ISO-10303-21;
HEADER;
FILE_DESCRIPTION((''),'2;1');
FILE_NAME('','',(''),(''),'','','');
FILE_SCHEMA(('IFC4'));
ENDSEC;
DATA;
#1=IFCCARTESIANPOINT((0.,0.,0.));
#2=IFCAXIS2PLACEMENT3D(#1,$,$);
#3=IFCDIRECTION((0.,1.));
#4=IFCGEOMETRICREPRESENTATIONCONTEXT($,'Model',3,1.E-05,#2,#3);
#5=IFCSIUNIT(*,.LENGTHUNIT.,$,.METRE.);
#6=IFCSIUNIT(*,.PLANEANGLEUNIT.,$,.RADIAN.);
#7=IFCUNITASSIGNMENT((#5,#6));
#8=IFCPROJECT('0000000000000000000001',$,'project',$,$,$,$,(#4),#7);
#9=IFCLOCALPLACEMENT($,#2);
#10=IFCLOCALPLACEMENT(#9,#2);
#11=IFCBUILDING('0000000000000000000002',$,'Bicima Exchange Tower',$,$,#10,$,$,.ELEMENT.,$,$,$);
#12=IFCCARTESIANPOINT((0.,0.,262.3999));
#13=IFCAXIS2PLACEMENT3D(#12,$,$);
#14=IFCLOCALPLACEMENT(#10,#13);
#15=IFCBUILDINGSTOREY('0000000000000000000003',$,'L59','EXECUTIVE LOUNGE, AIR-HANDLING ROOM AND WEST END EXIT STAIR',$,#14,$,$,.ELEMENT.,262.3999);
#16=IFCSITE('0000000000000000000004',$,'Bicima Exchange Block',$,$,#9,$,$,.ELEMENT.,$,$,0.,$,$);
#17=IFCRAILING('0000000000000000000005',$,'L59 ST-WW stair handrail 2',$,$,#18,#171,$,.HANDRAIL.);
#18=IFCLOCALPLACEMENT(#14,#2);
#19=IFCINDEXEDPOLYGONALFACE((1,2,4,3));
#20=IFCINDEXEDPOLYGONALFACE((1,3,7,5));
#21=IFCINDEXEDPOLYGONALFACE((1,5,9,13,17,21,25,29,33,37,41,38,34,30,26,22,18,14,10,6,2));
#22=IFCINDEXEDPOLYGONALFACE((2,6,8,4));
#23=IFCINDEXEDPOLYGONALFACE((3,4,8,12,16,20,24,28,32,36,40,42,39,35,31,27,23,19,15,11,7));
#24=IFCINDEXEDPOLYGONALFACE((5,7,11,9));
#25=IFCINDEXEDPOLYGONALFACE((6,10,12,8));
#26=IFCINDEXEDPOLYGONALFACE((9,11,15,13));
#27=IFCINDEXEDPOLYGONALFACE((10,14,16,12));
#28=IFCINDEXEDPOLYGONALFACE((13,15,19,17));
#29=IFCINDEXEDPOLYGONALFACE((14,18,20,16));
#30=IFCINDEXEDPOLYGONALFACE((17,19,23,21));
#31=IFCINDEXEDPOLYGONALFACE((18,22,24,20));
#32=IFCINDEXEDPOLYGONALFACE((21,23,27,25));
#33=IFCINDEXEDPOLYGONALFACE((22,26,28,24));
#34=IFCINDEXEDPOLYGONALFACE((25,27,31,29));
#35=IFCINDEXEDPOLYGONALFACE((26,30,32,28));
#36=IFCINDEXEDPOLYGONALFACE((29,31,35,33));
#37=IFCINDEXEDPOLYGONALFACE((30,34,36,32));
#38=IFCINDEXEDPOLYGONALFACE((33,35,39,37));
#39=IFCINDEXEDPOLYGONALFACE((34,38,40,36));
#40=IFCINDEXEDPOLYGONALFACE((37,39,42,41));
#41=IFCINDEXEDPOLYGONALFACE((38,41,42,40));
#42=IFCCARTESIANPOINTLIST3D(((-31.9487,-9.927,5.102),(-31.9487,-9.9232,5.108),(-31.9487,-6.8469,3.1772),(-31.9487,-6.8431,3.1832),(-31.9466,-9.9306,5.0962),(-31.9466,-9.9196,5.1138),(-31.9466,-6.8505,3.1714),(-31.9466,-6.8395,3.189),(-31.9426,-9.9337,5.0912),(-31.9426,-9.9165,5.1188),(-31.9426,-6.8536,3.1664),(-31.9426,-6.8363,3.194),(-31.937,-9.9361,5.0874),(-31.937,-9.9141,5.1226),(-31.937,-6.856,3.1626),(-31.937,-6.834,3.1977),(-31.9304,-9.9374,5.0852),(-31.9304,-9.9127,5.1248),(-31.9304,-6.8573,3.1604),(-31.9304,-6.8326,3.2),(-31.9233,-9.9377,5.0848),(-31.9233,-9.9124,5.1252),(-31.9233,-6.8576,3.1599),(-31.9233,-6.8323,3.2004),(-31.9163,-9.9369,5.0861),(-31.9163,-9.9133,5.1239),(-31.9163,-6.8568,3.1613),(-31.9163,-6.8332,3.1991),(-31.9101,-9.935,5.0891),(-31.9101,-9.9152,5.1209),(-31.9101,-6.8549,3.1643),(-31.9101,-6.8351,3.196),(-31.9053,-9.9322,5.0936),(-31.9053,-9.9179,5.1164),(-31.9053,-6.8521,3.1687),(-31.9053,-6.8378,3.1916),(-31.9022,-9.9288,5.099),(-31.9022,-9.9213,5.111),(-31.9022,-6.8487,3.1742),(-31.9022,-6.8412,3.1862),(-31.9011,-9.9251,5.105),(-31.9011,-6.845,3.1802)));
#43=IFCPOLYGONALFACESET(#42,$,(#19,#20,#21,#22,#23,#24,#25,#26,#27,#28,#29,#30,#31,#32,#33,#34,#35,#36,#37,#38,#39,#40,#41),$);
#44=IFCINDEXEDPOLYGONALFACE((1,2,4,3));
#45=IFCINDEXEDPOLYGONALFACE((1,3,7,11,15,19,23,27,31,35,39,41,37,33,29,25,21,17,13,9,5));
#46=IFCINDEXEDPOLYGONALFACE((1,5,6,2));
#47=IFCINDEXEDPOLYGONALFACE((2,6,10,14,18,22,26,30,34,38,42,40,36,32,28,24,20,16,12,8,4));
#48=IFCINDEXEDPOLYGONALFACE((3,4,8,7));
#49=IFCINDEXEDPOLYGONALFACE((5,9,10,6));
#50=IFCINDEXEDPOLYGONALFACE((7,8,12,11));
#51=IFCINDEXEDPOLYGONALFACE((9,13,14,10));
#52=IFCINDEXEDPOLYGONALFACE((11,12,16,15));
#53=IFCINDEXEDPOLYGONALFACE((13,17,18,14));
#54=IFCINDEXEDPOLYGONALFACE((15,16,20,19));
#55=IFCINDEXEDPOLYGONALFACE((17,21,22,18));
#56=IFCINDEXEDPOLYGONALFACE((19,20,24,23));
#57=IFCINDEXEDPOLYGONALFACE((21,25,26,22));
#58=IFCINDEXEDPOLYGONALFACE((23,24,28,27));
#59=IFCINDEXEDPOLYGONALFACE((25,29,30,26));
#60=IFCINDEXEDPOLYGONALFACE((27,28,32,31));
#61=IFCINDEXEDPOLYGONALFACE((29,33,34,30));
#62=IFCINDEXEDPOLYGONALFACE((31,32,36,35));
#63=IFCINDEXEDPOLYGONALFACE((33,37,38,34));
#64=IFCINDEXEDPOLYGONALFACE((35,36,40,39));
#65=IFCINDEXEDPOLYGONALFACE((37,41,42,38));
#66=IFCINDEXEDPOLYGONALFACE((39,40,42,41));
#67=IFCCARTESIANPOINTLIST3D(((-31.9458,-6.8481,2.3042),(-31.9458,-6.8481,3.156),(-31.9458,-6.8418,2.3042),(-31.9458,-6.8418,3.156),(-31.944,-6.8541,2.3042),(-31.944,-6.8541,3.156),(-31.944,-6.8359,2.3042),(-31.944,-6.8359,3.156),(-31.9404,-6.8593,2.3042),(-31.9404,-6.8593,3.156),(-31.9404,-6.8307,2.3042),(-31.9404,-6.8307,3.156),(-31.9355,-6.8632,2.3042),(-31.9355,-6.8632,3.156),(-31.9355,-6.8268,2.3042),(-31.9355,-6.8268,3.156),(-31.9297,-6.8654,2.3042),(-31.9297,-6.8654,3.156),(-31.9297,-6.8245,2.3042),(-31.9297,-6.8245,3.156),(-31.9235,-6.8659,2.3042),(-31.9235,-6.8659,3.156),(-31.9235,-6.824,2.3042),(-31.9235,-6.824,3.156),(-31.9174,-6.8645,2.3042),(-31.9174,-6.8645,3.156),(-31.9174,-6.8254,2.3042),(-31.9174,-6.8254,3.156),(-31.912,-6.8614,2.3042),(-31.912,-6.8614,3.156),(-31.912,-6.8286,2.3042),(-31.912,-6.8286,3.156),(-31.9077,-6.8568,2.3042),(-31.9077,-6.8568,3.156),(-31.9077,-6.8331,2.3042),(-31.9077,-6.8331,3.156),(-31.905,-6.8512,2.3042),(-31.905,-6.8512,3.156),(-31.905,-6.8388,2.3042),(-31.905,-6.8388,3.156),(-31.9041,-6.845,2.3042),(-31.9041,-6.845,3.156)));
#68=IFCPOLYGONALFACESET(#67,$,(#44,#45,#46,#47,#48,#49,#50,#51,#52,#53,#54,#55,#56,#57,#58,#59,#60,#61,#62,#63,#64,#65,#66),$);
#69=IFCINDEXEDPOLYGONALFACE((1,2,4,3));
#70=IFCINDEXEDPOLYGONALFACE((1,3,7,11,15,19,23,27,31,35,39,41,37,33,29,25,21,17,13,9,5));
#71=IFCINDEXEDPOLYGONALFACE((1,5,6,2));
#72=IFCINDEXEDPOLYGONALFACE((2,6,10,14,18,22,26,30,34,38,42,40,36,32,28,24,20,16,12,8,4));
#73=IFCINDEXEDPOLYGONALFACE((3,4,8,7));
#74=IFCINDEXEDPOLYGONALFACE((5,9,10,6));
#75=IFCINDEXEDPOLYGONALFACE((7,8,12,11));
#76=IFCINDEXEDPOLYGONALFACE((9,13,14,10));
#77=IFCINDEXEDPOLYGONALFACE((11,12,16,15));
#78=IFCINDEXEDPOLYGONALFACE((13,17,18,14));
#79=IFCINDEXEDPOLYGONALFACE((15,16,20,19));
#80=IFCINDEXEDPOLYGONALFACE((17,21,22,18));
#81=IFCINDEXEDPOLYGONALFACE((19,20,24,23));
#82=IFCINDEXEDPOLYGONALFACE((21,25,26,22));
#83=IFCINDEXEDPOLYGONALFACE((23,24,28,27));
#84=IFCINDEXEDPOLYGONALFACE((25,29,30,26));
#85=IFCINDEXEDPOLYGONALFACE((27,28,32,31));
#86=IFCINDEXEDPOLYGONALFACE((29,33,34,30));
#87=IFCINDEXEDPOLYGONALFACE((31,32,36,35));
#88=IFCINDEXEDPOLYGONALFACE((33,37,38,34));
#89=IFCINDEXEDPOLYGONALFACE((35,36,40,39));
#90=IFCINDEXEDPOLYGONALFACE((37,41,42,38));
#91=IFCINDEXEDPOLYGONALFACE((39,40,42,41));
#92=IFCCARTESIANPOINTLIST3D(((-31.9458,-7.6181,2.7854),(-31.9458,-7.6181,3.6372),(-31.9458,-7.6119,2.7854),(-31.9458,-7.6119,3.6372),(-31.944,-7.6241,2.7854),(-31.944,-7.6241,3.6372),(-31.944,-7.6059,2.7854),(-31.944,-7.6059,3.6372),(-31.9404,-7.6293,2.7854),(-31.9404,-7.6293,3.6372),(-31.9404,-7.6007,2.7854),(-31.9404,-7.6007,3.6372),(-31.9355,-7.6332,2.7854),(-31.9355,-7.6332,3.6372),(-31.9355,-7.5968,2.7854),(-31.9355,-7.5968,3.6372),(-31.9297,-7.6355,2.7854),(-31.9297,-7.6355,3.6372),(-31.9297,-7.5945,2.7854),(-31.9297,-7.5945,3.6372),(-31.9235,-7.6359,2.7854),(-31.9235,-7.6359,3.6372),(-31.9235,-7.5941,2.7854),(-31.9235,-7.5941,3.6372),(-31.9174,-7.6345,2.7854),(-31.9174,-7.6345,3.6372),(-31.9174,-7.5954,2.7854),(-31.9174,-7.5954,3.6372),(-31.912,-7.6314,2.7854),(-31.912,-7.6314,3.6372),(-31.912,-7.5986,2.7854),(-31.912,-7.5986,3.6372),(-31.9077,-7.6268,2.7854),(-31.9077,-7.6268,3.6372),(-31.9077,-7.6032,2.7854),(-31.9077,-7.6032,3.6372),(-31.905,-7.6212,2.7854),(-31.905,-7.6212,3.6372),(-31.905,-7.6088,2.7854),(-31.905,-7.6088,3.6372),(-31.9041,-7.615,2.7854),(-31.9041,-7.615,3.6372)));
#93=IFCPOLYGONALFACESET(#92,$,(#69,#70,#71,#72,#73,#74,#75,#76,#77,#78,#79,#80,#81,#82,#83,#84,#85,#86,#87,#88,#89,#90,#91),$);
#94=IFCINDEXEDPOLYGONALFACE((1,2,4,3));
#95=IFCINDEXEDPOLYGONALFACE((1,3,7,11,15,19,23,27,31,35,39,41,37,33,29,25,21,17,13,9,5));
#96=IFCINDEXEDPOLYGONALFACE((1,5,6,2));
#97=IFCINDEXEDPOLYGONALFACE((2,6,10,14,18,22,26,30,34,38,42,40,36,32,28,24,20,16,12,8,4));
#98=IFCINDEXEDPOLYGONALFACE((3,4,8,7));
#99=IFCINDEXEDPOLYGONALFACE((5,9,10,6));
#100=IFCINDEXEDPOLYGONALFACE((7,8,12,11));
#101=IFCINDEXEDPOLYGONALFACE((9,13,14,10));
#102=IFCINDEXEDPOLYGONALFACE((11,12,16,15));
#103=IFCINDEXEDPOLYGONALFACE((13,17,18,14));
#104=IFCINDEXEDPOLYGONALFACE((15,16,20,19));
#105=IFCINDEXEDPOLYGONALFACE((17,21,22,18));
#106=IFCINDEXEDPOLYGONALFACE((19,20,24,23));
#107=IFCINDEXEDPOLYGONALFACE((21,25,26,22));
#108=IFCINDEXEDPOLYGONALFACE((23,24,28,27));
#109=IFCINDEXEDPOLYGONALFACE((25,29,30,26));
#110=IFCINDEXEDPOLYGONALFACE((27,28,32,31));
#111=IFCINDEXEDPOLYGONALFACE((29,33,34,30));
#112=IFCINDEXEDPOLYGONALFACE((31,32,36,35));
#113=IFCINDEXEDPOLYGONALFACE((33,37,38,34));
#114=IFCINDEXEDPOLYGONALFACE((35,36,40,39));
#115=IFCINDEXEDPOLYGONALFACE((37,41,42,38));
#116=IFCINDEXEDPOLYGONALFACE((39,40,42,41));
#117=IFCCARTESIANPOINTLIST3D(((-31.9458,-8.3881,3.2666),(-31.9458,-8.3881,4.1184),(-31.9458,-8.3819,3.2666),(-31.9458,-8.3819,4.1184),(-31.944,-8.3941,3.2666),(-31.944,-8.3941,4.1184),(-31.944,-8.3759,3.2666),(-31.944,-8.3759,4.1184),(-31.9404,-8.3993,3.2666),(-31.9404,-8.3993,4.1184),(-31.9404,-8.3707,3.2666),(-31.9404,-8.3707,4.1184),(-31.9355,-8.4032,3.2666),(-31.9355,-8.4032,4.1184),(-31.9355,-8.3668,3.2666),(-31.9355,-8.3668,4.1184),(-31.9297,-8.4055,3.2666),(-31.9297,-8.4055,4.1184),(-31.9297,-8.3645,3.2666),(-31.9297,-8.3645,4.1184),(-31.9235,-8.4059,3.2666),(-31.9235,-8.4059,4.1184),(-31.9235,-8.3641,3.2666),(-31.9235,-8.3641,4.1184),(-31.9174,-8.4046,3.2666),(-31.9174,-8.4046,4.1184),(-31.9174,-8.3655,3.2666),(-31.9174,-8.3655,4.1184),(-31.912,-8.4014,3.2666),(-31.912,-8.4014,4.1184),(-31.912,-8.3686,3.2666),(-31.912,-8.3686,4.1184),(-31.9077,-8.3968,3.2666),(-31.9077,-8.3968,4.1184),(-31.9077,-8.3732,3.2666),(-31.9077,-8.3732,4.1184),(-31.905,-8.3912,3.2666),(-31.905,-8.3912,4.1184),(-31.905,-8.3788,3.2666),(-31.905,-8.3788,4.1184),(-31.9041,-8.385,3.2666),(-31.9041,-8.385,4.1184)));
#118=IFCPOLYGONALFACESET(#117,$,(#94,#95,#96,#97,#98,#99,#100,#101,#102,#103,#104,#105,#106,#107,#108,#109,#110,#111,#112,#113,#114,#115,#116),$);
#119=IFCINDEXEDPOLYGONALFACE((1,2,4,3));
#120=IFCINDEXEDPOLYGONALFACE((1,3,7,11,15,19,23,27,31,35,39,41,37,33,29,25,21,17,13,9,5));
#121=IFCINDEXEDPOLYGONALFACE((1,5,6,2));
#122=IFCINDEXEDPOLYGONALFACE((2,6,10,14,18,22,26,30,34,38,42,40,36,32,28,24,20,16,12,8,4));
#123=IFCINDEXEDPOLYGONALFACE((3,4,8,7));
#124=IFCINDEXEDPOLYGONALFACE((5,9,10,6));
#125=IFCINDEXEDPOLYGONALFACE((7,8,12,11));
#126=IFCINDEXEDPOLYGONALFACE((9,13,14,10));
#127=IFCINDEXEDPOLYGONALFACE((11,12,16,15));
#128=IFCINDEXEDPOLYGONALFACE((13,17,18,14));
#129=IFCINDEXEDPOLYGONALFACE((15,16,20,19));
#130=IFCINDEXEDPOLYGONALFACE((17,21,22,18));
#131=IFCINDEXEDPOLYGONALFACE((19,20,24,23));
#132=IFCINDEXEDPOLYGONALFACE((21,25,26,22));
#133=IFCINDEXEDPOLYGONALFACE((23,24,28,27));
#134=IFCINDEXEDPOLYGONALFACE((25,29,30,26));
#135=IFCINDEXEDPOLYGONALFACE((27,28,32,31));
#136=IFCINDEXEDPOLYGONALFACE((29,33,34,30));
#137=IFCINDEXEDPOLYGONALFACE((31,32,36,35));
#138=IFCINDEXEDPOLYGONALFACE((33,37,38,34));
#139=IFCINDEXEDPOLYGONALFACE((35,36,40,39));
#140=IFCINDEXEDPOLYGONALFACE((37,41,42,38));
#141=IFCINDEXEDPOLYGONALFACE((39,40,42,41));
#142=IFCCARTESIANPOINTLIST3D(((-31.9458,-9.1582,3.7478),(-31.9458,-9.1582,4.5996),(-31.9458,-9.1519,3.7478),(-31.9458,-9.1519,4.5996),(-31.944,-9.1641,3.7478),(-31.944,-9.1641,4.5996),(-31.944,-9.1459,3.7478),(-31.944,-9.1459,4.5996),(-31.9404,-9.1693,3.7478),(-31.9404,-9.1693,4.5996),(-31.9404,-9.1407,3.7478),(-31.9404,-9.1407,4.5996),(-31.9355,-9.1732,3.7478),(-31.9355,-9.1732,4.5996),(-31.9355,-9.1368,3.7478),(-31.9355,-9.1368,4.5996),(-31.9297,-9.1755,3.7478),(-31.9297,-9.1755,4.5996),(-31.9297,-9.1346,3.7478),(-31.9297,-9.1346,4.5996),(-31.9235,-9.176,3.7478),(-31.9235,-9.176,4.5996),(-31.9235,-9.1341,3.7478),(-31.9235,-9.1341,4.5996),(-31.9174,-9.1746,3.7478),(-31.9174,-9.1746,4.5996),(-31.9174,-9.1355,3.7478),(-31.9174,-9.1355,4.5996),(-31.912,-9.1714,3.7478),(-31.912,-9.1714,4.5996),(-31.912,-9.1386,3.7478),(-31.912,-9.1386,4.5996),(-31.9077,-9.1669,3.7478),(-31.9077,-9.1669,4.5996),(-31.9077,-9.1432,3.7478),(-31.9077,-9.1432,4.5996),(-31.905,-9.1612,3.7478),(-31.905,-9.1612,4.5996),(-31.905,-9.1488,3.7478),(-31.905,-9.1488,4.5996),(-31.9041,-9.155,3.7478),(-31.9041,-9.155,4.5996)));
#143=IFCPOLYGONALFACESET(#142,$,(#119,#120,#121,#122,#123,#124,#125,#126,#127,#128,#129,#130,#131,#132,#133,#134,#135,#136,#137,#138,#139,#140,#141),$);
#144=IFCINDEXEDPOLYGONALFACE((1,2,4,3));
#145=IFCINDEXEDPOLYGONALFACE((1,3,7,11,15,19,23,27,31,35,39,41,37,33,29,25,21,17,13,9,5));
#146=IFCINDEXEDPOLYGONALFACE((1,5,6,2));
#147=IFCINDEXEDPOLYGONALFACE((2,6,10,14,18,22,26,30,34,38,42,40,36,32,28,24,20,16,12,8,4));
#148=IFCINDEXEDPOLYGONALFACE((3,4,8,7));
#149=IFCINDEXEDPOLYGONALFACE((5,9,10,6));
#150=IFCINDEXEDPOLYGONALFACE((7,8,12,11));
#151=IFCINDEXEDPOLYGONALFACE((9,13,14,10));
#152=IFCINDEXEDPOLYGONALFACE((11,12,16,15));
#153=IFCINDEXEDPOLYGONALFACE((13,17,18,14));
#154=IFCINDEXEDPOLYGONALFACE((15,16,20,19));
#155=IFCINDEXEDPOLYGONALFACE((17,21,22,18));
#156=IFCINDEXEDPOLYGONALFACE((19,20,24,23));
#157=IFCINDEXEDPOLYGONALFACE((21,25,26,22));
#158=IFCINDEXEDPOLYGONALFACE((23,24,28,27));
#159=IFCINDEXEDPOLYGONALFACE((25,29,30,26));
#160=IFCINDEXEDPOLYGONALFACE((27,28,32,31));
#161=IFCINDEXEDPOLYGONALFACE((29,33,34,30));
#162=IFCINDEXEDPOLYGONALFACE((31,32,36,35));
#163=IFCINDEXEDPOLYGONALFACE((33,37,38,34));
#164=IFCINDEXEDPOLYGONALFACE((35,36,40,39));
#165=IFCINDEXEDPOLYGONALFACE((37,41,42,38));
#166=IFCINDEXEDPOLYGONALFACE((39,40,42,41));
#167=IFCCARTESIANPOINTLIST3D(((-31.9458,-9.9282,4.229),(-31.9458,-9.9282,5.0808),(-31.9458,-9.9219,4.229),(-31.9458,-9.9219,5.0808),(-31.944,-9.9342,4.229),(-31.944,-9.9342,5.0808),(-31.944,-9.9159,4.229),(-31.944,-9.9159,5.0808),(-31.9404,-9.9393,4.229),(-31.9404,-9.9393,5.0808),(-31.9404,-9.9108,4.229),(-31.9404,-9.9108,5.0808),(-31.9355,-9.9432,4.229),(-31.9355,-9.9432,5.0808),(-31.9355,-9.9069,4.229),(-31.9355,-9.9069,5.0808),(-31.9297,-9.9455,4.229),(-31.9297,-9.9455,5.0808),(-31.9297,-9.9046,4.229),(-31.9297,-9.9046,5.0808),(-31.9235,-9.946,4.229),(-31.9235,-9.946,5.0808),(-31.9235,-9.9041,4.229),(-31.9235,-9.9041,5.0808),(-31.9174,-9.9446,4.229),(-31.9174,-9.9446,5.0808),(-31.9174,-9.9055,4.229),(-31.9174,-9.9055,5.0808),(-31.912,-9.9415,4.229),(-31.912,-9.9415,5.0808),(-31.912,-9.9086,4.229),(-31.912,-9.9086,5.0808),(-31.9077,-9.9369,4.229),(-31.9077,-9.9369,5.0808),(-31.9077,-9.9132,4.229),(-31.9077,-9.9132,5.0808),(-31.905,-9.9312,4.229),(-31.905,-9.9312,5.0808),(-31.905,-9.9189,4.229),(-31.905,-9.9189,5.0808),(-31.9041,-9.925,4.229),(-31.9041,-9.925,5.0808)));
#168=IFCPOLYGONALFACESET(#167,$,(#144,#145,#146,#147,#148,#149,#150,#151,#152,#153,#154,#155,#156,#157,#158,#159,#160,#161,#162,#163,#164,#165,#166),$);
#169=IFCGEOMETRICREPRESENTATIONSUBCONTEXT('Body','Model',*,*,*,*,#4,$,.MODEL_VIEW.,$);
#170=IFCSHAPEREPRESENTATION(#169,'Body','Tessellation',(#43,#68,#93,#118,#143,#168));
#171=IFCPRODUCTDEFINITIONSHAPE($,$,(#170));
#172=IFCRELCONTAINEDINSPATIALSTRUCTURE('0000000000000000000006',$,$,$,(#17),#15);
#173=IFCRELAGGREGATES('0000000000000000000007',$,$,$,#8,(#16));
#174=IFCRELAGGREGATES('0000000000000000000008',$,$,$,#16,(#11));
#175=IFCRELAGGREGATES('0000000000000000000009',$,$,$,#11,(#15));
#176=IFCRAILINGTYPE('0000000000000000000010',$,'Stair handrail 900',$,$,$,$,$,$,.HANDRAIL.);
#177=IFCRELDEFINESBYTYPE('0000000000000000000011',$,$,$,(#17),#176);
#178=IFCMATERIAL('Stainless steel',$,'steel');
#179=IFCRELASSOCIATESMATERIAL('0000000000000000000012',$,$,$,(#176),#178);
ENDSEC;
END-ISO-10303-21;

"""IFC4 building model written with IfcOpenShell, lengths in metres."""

from ifc_helpers import new_model, si_unit, direction, frame, origin, origin_2d, place, context, subcontext, project, spatial, circle, extrude, material, type_object, element, save


model = new_model("IFC4")

# Units and contexts
model_context = context("Model", 3, precision=1e-05, world=origin(), true_north=direction((0.0, 1.0)))
body_context = subcontext(model_context, "Body", "Model", "MODEL_VIEW")
ifc_project = project(units=[si_unit("LENGTHUNIT", "METRE"), si_unit("PLANEANGLEUNIT", "RADIAN")], contexts=[model_context])

# Site, building, storey
site_placement = place(None, origin())
site = spatial("IfcSite", under=ifc_project, at=site_placement, Name="Bicima Exchange Block", CompositionType="ELEMENT", RefElevation=0.0)
building_placement = place(site_placement, origin())
building = spatial("IfcBuilding", under=site, at=building_placement, Name="Bicima Exchange Tower", CompositionType="ELEMENT")
storey_placement = place(building_placement, frame((0.0, 0.0, 262.3999)))
storey = spatial("IfcBuildingStorey", under=building, at=storey_placement, Name="L59", Description="EXECUTIVE LOUNGE, AIR-HANDLING ROOM AND WEST END EXIT STAIR", CompositionType="ELEMENT", Elevation=262.3999)

# Railing
ifc_material_1 = material(Name="Stainless steel", Category="steel")
railing_type_1 = type_object("IfcRailingType", Name="Stair handrail 900", PredefinedType="HANDRAIL", material=ifc_material_1)
railing_1_placement = place(storey_placement, frame((-31.925, -6.845, 2.3042)))
element("IfcRailing", 1, at=railing_1_placement, inside=storey, type_object=railing_type_1, Name="L59 ST-WW stair handrail 2", PredefinedType="HANDRAIL", context=body_context, shape_type="SweptSolid", body=[
    extrude(circle(Radius=0.0239, at=origin_2d()), frame((0.0, 0.0, 0.876), z_axis=(0.0, -0.848029, 0.529951), x_axis=(1.0, 0.0, 0.0)), (0.0, 0.0, 1.0), 3.6321),
    extrude(circle(Radius=0.021, at=origin_2d()), origin(), (0.0, 0.0, 1.0), 0.8518),
    extrude(circle(Radius=0.021, at=origin_2d()), frame((0.0, -0.77, 0.4812)), (0.0, 0.0, 1.0), 0.8518),
    extrude(circle(Radius=0.021, at=origin_2d()), frame((0.0, -1.54, 0.9624)), (0.0, 0.0, 1.0), 0.8518),
    extrude(circle(Radius=0.021, at=origin_2d()), frame((0.0, -2.3101, 1.4436)), (0.0, 0.0, 1.0), 0.8518),
    extrude(circle(Radius=0.021, at=origin_2d()), frame((0.0, -3.0801, 1.9248)), (0.0, 0.0, 1.0), 0.8518),
])

save(model, "model.ifc")
